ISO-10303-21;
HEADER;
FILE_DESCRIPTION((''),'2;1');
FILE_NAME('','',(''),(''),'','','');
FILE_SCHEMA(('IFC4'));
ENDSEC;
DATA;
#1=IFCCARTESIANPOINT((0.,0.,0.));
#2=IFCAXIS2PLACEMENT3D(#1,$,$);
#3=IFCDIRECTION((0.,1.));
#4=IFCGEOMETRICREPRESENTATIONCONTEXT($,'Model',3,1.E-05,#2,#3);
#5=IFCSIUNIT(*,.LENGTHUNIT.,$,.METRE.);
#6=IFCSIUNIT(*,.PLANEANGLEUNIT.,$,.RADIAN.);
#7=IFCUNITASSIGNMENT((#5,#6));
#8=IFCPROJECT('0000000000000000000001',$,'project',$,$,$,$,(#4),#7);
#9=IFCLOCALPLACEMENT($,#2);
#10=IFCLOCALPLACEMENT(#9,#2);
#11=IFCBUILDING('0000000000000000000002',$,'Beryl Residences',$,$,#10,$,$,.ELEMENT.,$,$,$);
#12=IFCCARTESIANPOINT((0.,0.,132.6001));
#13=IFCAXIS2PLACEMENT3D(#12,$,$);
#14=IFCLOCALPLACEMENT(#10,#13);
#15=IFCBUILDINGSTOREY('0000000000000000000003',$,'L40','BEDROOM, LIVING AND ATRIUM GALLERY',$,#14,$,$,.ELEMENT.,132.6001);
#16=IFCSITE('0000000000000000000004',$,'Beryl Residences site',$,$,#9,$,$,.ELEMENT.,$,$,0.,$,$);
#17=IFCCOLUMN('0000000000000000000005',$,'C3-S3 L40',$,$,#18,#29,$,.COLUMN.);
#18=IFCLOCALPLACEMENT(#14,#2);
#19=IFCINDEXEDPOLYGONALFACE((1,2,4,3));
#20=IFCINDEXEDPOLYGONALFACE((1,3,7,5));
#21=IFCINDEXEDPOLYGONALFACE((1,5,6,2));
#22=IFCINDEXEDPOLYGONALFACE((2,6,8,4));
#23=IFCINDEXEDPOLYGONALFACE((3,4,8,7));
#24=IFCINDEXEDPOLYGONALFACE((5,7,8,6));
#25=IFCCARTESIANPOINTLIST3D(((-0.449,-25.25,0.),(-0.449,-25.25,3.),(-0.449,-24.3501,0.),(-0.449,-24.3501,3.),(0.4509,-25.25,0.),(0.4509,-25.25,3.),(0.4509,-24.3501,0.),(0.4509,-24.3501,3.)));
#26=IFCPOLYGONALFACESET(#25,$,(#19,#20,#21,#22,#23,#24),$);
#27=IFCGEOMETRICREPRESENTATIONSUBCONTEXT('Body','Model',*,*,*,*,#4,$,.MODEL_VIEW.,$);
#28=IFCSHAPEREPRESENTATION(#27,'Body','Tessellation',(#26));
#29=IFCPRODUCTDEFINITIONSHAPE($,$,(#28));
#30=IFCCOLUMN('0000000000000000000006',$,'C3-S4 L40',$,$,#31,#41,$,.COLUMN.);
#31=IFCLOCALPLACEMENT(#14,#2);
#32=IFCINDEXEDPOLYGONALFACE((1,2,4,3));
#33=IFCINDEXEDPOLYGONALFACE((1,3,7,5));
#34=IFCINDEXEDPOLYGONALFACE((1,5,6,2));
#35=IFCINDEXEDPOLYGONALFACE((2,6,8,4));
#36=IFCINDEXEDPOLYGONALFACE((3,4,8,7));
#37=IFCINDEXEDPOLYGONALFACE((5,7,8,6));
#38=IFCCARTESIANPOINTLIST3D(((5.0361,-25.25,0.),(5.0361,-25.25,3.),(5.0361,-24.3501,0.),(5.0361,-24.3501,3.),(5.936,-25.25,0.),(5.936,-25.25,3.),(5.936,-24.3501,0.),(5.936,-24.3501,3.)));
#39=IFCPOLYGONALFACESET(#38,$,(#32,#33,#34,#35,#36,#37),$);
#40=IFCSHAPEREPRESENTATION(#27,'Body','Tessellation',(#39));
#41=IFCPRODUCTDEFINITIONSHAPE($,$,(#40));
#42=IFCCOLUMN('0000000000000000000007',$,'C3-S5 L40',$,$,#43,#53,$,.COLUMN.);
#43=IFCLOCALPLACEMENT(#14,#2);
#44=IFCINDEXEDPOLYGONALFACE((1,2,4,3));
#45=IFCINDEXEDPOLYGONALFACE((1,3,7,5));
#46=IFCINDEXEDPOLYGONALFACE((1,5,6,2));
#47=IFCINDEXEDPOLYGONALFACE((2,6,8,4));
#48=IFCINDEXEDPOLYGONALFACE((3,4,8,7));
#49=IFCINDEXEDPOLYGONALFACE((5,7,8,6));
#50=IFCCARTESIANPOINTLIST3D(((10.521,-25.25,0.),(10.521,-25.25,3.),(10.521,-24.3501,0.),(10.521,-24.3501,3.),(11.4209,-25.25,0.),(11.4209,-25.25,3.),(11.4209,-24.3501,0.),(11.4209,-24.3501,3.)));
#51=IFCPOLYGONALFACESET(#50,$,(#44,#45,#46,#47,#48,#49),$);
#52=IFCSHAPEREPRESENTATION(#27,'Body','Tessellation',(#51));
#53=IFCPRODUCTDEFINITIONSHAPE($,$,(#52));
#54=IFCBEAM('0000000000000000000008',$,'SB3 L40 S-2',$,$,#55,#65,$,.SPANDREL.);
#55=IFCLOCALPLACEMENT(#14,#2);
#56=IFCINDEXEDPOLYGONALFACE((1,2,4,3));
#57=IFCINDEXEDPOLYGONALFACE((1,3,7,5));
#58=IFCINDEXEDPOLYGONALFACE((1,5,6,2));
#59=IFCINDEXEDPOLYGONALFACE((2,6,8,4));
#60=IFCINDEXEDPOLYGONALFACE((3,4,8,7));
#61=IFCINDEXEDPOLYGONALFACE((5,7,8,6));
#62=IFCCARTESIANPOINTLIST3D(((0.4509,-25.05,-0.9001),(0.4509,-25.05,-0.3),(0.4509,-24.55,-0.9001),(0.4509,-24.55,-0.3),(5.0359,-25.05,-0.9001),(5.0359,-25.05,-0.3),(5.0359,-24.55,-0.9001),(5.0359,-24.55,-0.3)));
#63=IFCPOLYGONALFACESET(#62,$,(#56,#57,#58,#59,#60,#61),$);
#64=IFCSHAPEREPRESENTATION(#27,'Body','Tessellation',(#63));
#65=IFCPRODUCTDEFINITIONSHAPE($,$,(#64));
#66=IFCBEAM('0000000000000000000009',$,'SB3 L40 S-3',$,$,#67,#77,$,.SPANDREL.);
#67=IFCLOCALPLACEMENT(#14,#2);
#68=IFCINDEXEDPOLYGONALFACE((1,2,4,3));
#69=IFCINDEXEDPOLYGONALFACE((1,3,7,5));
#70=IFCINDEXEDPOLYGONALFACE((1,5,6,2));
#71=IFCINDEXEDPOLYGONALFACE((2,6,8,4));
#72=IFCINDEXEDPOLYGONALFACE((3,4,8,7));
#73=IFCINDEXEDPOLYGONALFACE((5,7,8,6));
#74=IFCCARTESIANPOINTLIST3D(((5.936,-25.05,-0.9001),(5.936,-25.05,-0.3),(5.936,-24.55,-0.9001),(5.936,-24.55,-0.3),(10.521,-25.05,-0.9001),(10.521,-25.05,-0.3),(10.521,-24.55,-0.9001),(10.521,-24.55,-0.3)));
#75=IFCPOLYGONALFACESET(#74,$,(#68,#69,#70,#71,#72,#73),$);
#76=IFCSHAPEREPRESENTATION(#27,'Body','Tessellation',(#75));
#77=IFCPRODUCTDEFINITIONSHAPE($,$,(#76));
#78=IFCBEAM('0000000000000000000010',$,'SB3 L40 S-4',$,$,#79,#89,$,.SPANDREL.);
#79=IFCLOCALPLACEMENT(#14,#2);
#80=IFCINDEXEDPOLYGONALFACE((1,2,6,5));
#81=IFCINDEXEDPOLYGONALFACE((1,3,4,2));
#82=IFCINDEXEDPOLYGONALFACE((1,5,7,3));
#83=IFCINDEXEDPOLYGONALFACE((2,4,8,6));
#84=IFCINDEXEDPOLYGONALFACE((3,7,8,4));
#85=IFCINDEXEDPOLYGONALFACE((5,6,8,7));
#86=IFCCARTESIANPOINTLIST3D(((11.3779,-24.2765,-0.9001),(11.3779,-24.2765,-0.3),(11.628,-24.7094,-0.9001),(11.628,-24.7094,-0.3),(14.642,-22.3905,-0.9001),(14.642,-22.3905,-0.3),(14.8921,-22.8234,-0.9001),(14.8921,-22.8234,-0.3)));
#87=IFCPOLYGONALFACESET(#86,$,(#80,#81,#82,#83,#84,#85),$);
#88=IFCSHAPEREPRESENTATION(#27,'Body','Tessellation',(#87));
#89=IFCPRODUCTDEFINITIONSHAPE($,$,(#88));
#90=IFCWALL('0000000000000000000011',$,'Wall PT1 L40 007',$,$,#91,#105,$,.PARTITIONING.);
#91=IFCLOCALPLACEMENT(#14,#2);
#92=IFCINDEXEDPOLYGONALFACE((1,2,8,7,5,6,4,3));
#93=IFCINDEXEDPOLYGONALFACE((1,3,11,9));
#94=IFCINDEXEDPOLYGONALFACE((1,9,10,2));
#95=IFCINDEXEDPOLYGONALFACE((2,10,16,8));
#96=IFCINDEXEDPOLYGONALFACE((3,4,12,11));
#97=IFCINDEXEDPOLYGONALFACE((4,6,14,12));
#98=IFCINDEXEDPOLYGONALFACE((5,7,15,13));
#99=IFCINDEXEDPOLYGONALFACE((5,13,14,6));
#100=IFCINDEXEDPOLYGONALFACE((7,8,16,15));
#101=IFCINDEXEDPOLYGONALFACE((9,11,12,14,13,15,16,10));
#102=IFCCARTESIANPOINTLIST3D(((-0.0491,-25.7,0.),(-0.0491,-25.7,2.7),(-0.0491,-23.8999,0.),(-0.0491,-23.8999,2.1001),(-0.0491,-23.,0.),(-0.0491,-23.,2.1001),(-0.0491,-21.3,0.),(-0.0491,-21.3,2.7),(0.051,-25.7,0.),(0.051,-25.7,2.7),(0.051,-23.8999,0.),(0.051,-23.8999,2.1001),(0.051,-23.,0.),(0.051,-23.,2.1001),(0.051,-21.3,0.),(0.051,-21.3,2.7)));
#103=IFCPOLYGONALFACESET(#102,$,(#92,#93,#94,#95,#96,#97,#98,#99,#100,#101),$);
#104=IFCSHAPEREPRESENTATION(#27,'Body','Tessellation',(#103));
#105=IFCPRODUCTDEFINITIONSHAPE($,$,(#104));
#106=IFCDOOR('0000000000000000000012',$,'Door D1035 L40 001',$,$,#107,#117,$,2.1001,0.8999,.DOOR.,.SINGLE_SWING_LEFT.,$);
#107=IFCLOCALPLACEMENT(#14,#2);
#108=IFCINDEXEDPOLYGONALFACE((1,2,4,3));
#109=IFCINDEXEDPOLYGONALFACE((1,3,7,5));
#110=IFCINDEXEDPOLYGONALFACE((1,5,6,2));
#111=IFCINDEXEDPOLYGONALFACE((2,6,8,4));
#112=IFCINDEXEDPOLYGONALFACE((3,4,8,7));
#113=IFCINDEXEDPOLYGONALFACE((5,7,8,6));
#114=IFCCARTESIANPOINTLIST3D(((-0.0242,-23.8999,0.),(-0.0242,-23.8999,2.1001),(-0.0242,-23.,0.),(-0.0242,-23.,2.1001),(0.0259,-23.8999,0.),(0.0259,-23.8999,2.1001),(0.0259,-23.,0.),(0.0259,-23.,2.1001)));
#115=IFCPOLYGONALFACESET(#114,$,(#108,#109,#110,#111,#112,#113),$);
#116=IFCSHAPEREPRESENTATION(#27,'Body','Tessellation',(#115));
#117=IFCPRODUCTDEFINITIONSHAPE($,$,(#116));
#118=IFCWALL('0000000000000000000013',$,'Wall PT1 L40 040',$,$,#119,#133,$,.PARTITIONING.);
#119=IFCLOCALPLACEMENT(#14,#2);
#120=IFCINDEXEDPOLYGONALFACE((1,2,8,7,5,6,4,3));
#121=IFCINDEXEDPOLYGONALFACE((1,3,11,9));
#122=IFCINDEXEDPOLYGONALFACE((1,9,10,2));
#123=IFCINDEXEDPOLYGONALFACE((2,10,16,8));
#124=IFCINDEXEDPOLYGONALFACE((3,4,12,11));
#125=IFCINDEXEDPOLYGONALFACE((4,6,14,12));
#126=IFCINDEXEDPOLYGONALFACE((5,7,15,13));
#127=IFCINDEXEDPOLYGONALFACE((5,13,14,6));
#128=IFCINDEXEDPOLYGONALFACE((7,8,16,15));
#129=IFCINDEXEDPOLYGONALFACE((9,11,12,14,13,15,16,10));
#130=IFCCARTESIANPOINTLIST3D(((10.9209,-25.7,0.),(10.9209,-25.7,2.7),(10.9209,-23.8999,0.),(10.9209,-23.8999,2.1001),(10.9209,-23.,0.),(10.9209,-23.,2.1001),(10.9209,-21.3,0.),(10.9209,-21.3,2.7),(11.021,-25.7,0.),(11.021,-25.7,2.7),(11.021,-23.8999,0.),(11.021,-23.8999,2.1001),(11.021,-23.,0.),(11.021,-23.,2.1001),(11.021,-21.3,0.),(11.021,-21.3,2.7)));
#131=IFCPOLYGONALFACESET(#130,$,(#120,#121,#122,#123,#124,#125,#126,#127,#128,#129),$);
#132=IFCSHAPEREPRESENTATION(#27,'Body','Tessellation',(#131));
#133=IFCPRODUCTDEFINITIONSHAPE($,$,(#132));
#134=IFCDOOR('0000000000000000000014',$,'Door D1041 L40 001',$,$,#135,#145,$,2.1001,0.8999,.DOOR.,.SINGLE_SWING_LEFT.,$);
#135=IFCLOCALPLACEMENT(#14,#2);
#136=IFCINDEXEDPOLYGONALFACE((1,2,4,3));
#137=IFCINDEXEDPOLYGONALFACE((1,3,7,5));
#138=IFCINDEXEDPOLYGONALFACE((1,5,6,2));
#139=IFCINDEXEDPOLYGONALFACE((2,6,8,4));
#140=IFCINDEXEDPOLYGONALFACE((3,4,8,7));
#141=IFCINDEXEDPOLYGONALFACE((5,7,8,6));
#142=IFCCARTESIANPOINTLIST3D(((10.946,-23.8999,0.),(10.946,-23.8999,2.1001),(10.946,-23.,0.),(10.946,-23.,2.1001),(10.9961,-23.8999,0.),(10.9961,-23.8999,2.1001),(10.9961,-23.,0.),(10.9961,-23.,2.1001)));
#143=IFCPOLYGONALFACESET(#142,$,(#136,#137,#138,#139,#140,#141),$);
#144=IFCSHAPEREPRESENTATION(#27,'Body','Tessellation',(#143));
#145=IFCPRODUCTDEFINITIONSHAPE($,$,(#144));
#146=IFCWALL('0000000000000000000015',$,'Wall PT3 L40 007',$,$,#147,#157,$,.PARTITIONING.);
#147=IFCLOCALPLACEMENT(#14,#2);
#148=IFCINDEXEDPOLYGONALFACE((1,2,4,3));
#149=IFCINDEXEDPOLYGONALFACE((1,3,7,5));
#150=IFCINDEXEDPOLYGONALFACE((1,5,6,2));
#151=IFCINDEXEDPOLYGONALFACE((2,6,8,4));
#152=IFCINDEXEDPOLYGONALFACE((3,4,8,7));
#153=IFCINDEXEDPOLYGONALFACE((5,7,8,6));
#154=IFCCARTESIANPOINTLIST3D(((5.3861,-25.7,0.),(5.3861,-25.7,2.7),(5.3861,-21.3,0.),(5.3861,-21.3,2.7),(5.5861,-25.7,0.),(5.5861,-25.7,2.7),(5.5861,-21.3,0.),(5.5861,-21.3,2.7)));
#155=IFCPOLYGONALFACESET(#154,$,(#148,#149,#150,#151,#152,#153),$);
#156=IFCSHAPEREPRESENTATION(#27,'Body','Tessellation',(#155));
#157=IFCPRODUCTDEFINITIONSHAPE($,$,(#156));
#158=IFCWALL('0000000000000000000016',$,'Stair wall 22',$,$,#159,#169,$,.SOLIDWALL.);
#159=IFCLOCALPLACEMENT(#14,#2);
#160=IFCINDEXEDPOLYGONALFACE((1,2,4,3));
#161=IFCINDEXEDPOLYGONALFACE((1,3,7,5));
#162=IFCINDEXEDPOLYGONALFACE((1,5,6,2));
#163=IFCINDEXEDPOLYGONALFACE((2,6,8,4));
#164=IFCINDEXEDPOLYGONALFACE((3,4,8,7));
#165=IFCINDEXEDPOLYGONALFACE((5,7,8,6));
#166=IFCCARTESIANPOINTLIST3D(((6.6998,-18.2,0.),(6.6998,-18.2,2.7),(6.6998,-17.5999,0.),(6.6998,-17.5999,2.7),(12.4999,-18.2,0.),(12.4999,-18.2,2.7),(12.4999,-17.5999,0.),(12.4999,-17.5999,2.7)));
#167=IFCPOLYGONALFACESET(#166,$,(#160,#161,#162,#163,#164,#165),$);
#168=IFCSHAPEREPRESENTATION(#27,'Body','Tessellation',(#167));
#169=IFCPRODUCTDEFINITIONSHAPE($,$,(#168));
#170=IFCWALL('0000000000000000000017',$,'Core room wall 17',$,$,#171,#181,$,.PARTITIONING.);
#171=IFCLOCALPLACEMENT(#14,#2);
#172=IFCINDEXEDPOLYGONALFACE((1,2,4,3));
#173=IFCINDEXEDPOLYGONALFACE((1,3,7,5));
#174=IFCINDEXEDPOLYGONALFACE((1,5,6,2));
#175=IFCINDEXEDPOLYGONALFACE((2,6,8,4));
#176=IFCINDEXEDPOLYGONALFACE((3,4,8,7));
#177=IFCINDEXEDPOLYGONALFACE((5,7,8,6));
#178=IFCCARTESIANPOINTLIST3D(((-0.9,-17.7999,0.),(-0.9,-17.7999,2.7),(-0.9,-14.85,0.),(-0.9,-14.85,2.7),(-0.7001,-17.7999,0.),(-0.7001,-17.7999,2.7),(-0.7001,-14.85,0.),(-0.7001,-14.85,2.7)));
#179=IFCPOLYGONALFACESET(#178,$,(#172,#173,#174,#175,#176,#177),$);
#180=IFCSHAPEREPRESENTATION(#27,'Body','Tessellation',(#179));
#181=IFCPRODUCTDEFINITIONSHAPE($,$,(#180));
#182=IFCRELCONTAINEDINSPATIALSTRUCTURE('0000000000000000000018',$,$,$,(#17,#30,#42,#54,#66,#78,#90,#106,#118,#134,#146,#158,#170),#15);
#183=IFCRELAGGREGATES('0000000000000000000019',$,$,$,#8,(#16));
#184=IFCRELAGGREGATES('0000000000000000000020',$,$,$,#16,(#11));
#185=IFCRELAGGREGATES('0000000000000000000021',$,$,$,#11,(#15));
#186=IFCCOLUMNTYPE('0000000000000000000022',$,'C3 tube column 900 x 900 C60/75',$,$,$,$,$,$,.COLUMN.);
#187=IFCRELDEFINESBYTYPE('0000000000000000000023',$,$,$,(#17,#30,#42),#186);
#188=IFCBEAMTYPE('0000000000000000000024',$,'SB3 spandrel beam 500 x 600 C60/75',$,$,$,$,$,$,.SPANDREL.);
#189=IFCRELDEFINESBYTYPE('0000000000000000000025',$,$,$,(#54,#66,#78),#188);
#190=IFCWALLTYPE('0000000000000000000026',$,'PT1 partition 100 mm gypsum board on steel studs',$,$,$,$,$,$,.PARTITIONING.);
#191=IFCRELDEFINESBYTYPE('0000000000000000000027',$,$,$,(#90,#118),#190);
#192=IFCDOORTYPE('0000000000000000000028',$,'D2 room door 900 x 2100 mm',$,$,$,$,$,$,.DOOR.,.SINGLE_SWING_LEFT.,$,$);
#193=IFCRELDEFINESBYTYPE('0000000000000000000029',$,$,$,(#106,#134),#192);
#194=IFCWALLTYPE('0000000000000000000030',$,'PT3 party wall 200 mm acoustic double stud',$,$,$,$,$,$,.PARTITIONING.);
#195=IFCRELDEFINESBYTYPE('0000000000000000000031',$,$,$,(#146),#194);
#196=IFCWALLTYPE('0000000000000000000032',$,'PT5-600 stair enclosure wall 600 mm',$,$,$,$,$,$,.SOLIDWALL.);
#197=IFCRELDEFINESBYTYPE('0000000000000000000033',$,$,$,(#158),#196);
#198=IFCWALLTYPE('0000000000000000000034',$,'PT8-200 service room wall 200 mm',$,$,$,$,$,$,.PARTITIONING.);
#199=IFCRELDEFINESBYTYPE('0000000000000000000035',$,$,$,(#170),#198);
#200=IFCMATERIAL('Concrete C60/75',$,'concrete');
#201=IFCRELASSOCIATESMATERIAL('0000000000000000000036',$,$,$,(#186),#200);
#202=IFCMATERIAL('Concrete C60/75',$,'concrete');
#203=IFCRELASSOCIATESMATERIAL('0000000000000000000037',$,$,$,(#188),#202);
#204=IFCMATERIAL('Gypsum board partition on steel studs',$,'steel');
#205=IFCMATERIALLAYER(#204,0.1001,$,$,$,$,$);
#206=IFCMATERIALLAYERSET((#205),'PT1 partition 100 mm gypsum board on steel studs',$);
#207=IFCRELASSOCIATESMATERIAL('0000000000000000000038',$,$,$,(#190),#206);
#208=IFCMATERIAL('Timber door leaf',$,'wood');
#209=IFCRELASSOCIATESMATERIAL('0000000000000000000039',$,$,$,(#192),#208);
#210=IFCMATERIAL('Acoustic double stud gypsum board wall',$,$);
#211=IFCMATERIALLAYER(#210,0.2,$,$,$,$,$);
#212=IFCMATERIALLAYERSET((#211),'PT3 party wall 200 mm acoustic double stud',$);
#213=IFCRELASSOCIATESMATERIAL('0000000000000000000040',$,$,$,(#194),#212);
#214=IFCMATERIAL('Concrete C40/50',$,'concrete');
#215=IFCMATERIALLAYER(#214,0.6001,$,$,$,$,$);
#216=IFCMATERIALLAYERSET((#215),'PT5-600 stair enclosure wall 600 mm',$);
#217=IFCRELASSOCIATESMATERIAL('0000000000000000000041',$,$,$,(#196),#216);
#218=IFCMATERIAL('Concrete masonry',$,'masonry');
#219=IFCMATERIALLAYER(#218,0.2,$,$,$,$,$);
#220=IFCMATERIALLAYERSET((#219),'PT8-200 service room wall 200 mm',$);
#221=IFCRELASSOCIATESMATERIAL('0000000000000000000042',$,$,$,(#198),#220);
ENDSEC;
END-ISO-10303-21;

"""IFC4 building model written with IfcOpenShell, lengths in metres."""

from ifc_helpers import new_model, si_unit, direction, frame, frame_2d, origin, origin_2d, place, context, subcontext, project, spatial, rectangle, extrude, material, layer, layer_set, material_profile, profile_set, type_object, element, fill, save


model = new_model("IFC4")

# Units and contexts
model_context = context("Model", 3, precision=1e-05, world=origin(), true_north=direction((0.0, 1.0)))
body_context = subcontext(model_context, "Body", "Model", "MODEL_VIEW")
ifc_project = project(units=[si_unit("LENGTHUNIT", "METRE"), si_unit("PLANEANGLEUNIT", "RADIAN")], contexts=[model_context])

# Site, building, storey
site_placement = place(None, origin())
site = spatial("IfcSite", under=ifc_project, at=site_placement, Name="Beryl Residences site", CompositionType="ELEMENT", RefElevation=0.0)
building_placement = place(site_placement, origin())
building = spatial("IfcBuilding", under=site, at=building_placement, Name="Beryl Residences", CompositionType="ELEMENT")
storey_placement = place(building_placement, frame((0.0, 0.0, 132.6001)))
storey = spatial("IfcBuildingStorey", under=building, at=storey_placement, Name="L40", Description="BEDROOM, LIVING AND ATRIUM GALLERY", CompositionType="ELEMENT", Elevation=132.6001)

# Columns
ifc_material_1 = material(Name="Concrete C60/75", Category="concrete")
ifc_material_profile_1 = material_profile(ifc_material_1, rectangle(XDim=0.8999, YDim=0.8999, at=origin_2d()))
ifc_profile_set_1 = profile_set([ifc_material_profile_1], Name="Concrete C60/75")
column_type = type_object("IfcColumnType", Name="C3 tube column 900 x 900 C60/75", PredefinedType="COLUMN", material=ifc_profile_set_1)
for number, where, z_axis, x_axis, name in (
    (1, (0.001, -24.8, 0.0), (0.0, 0.0, 1.0), (1.0, 0.0, 0.0), "C3-S3 L40"),
    (2, (5.4861, -24.8, 0.0), (0.0, 0.0, 1.0), (1.0, 0.0, 0.0), "C3-S4 L40"),
    (3, (10.9709, -24.8, 0.0), (0.0, 0.0, 1.0), (1.0, 0.0, 0.0), "C3-S5 L40"),
):
    element("IfcColumn", number, at=place(storey_placement, frame(where, z_axis=z_axis, x_axis=x_axis)), inside=storey, type_object=column_type, Name=name, PredefinedType="COLUMN", context=body_context, shape_type="SweptSolid", body=[
        extrude(rectangle(XDim=0.8999, YDim=0.8999, at=origin_2d()), origin(), (0.0, 0.0, 1.0), 3.0),
    ])

# Beams
ifc_material_2 = material(Name="Concrete C60/75", Category="concrete")
ifc_material_profile_2 = material_profile(ifc_material_2, rectangle(XDim=0.5, YDim=0.6001, at=origin_2d()))
ifc_profile_set_2 = profile_set([ifc_material_profile_2], Name="Concrete C60/75")
beam_type = type_object("IfcBeamType", Name="SB3 spandrel beam 500 x 600 C60/75", PredefinedType="SPANDREL", material=ifc_profile_set_2)
for number, where, z_axis, x_axis, name in (
    (4, (0.4509, -24.8, -0.6001), (1.0, 0.0, 0.0), (0.0, 1.0, 0.0), "SB3 L40 S-2"),
    (5, (5.936, -24.8, -0.6001), (1.0, 0.0, 0.0), (0.0, 1.0, 0.0), "SB3 L40 S-3"),
):
    element("IfcBeam", number, at=place(storey_placement, frame(where, z_axis=z_axis, x_axis=x_axis)), inside=storey, type_object=beam_type, Name=name, PredefinedType="SPANDREL", context=body_context, shape_type="SweptSolid", body=[
        extrude(rectangle(XDim=0.5, YDim=0.6001, at=origin_2d()), origin(), (0.0, 0.0, 1.0), 4.585),
    ])
beam_placement = place(storey_placement, frame((11.5029, -24.4929, -0.6001), z_axis=(0.865862, 0.500283, 0.0), x_axis=(-0.500283, 0.865862, 0.0)))
element("IfcBeam", 6, at=beam_placement, inside=storey, type_object=beam_type, Name="SB3 L40 S-4", PredefinedType="SPANDREL", context=body_context, shape_type="SweptSolid", body=[
    extrude(rectangle(XDim=0.5, YDim=0.6001, at=origin_2d()), origin(), (0.0, 0.0, 1.0), 3.7698),
])

# Walls, openings, doors
ifc_material_3 = material(Name="Gypsum board partition on steel studs", Category="steel")
ifc_layer_1 = layer(ifc_material_3, 0.1001)
ifc_layer_set_1 = layer_set([ifc_layer_1], Name="PT1 partition 100 mm gypsum board on steel studs")
wall_type_1 = type_object("IfcWallType", Name="PT1 partition 100 mm gypsum board on steel studs", PredefinedType="PARTITIONING", material=ifc_layer_set_1)
wall_1_placement = place(storey_placement, frame((0.001, -21.3, 0.0), z_axis=(0.0, 0.0, 1.0), x_axis=(0.0, -1.0, 0.0)))
wall_1 = element("IfcWall", 7, at=wall_1_placement, inside=storey, type_object=wall_type_1, Name="Wall PT1 L40 007", PredefinedType="PARTITIONING", context=body_context, shape_type="SweptSolid", body=[
    extrude(rectangle(XDim=4.3999, YDim=0.1001, at=frame_2d((2.2, 0.0))), origin(), (0.0, 0.0, 1.0), 2.7),
])
opening_1_placement = place(wall_1_placement, frame((1.7, 0.0, 0.0)))
opening_1 = element("IfcOpeningElement", 8, at=opening_1_placement, cuts=wall_1, PredefinedType="OPENING", context=body_context, shape_type="SweptSolid", body=[
    extrude(rectangle(XDim=0.8999, YDim=2.1001, at=frame_2d((0.45, 1.05))), frame((0.0, 0.0601, 0.0), z_axis=(0.0, -1.0, 0.0), x_axis=(1.0, 0.0, 0.0)), (0.0, 0.0, 1.0), 0.1201),
])
ifc_material_4 = material(Name="Timber door leaf", Category="wood")
door_type = type_object("IfcDoorType", Name="D2 room door 900 x 2100 mm", OperationType="SINGLE_SWING_LEFT", PredefinedType="DOOR", material=ifc_material_4)
door_1_placement = place(opening_1_placement, origin())
door_1 = element("IfcDoor", 9, at=door_1_placement, inside=storey, type_object=door_type, Name="Door D1035 L40 001", OperationType="SINGLE_SWING_LEFT", OverallHeight=2.1001, OverallWidth=0.8999, PredefinedType="DOOR", context=body_context, shape_type="SweptSolid", body=[
    extrude(rectangle(XDim=0.8999, YDim=2.1001, at=frame_2d((0.45, 1.05))), frame((0.0, 0.0249, 0.0), z_axis=(0.0, -1.0, 0.0), x_axis=(1.0, 0.0, 0.0)), (0.0, 0.0, 1.0), 0.05),
])
fill(opening_1, door_1)
wall_2_placement = place(storey_placement, frame((10.9709, -25.7, 0.0), z_axis=(0.0, 0.0, 1.0), x_axis=(0.0, 1.0, 0.0)))
wall_2 = element("IfcWall", 10, at=wall_2_placement, inside=storey, type_object=wall_type_1, Name="Wall PT1 L40 040", PredefinedType="PARTITIONING", context=body_context, shape_type="SweptSolid", body=[
    extrude(rectangle(XDim=4.3999, YDim=0.1001, at=frame_2d((2.2, 0.0))), origin(), (0.0, 0.0, 1.0), 2.7),
])
opening_2_placement = place(wall_2_placement, frame((1.8, 0.0, 0.0)))
opening_2 = element("IfcOpeningElement", 11, at=opening_2_placement, cuts=wall_2, PredefinedType="OPENING", context=body_context, shape_type="SweptSolid", body=[
    extrude(rectangle(XDim=0.8999, YDim=2.1001, at=frame_2d((0.45, 1.05))), frame((0.0, 0.0601, 0.0), z_axis=(0.0, -1.0, 0.0), x_axis=(1.0, 0.0, 0.0)), (0.0, 0.0, 1.0), 0.1201),
])
door_2_placement = place(opening_2_placement, origin())
door_2 = element("IfcDoor", 12, at=door_2_placement, inside=storey, type_object=door_type, Name="Door D1041 L40 001", OperationType="SINGLE_SWING_LEFT", OverallHeight=2.1001, OverallWidth=0.8999, PredefinedType="DOOR", context=body_context, shape_type="SweptSolid", body=[
    extrude(rectangle(XDim=0.8999, YDim=2.1001, at=frame_2d((0.45, 1.05))), frame((0.0, 0.0249, 0.0), z_axis=(0.0, -1.0, 0.0), x_axis=(1.0, 0.0, 0.0)), (0.0, 0.0, 1.0), 0.05),
])
fill(opening_2, door_2)

# Walls
ifc_material_5 = material(Name="Acoustic double stud gypsum board wall")
ifc_layer_2 = layer(ifc_material_5, 0.2)
ifc_layer_set_2 = layer_set([ifc_layer_2], Name="PT3 party wall 200 mm acoustic double stud")
wall_type_2 = type_object("IfcWallType", Name="PT3 party wall 200 mm acoustic double stud", PredefinedType="PARTITIONING", material=ifc_layer_set_2)
wall_3_placement = place(storey_placement, frame((5.4861, -25.7, 0.0), z_axis=(0.0, 0.0, 1.0), x_axis=(0.0, 1.0, 0.0)))
element("IfcWall", 13, at=wall_3_placement, inside=storey, type_object=wall_type_2, Name="Wall PT3 L40 007", PredefinedType="PARTITIONING", context=body_context, shape_type="SweptSolid", body=[
    extrude(rectangle(XDim=4.3999, YDim=0.2, at=frame_2d((2.2, 0.0))), origin(), (0.0, 0.0, 1.0), 2.7),
])
ifc_material_6 = material(Name="Concrete C40/50", Category="concrete")
ifc_layer_3 = layer(ifc_material_6, 0.6001)
ifc_layer_set_3 = layer_set([ifc_layer_3], Name="PT5-600 stair enclosure wall 600 mm")
wall_type_3 = type_object("IfcWallType", Name="PT5-600 stair enclosure wall 600 mm", PredefinedType="SOLIDWALL", material=ifc_layer_set_3)
wall_4_placement = place(storey_placement, frame((6.7, -17.8999, 0.0), z_axis=(0.0, 0.0, 1.0), x_axis=(1.0, 0.0, 0.0)))
element("IfcWall", 14, at=wall_4_placement, inside=storey, type_object=wall_type_3, Name="Stair wall 22", PredefinedType="SOLIDWALL", context=body_context, shape_type="SweptSolid", body=[
    extrude(rectangle(XDim=5.8, YDim=0.6001, at=frame_2d((2.8999, 0.0))), origin(), (0.0, 0.0, 1.0), 2.7),
])
ifc_material_7 = material(Name="Concrete masonry", Category="masonry")
ifc_layer_4 = layer(ifc_material_7, 0.2)
ifc_layer_set_4 = layer_set([ifc_layer_4], Name="PT8-200 service room wall 200 mm")
wall_type_4 = type_object("IfcWallType", Name="PT8-200 service room wall 200 mm", PredefinedType="PARTITIONING", material=ifc_layer_set_4)
for number, where, z_axis, x_axis, name in (
    (15, (-0.8, -17.8, 0.0), (0.0, 0.0, 1.0), (0.0, 1.0, 0.0), "Core room wall 17"),
):
    element("IfcWall", number, at=place(storey_placement, frame(where, z_axis=z_axis, x_axis=x_axis)), inside=storey, type_object=wall_type_4, Name=name, PredefinedType="PARTITIONING", context=body_context, shape_type="SweptSolid", body=[
        extrude(rectangle(XDim=2.95, YDim=0.2, at=frame_2d((1.4751, 0.0))), origin(), (0.0, 0.0, 1.0), 2.7),
    ])

save(model, "model.ifc")
